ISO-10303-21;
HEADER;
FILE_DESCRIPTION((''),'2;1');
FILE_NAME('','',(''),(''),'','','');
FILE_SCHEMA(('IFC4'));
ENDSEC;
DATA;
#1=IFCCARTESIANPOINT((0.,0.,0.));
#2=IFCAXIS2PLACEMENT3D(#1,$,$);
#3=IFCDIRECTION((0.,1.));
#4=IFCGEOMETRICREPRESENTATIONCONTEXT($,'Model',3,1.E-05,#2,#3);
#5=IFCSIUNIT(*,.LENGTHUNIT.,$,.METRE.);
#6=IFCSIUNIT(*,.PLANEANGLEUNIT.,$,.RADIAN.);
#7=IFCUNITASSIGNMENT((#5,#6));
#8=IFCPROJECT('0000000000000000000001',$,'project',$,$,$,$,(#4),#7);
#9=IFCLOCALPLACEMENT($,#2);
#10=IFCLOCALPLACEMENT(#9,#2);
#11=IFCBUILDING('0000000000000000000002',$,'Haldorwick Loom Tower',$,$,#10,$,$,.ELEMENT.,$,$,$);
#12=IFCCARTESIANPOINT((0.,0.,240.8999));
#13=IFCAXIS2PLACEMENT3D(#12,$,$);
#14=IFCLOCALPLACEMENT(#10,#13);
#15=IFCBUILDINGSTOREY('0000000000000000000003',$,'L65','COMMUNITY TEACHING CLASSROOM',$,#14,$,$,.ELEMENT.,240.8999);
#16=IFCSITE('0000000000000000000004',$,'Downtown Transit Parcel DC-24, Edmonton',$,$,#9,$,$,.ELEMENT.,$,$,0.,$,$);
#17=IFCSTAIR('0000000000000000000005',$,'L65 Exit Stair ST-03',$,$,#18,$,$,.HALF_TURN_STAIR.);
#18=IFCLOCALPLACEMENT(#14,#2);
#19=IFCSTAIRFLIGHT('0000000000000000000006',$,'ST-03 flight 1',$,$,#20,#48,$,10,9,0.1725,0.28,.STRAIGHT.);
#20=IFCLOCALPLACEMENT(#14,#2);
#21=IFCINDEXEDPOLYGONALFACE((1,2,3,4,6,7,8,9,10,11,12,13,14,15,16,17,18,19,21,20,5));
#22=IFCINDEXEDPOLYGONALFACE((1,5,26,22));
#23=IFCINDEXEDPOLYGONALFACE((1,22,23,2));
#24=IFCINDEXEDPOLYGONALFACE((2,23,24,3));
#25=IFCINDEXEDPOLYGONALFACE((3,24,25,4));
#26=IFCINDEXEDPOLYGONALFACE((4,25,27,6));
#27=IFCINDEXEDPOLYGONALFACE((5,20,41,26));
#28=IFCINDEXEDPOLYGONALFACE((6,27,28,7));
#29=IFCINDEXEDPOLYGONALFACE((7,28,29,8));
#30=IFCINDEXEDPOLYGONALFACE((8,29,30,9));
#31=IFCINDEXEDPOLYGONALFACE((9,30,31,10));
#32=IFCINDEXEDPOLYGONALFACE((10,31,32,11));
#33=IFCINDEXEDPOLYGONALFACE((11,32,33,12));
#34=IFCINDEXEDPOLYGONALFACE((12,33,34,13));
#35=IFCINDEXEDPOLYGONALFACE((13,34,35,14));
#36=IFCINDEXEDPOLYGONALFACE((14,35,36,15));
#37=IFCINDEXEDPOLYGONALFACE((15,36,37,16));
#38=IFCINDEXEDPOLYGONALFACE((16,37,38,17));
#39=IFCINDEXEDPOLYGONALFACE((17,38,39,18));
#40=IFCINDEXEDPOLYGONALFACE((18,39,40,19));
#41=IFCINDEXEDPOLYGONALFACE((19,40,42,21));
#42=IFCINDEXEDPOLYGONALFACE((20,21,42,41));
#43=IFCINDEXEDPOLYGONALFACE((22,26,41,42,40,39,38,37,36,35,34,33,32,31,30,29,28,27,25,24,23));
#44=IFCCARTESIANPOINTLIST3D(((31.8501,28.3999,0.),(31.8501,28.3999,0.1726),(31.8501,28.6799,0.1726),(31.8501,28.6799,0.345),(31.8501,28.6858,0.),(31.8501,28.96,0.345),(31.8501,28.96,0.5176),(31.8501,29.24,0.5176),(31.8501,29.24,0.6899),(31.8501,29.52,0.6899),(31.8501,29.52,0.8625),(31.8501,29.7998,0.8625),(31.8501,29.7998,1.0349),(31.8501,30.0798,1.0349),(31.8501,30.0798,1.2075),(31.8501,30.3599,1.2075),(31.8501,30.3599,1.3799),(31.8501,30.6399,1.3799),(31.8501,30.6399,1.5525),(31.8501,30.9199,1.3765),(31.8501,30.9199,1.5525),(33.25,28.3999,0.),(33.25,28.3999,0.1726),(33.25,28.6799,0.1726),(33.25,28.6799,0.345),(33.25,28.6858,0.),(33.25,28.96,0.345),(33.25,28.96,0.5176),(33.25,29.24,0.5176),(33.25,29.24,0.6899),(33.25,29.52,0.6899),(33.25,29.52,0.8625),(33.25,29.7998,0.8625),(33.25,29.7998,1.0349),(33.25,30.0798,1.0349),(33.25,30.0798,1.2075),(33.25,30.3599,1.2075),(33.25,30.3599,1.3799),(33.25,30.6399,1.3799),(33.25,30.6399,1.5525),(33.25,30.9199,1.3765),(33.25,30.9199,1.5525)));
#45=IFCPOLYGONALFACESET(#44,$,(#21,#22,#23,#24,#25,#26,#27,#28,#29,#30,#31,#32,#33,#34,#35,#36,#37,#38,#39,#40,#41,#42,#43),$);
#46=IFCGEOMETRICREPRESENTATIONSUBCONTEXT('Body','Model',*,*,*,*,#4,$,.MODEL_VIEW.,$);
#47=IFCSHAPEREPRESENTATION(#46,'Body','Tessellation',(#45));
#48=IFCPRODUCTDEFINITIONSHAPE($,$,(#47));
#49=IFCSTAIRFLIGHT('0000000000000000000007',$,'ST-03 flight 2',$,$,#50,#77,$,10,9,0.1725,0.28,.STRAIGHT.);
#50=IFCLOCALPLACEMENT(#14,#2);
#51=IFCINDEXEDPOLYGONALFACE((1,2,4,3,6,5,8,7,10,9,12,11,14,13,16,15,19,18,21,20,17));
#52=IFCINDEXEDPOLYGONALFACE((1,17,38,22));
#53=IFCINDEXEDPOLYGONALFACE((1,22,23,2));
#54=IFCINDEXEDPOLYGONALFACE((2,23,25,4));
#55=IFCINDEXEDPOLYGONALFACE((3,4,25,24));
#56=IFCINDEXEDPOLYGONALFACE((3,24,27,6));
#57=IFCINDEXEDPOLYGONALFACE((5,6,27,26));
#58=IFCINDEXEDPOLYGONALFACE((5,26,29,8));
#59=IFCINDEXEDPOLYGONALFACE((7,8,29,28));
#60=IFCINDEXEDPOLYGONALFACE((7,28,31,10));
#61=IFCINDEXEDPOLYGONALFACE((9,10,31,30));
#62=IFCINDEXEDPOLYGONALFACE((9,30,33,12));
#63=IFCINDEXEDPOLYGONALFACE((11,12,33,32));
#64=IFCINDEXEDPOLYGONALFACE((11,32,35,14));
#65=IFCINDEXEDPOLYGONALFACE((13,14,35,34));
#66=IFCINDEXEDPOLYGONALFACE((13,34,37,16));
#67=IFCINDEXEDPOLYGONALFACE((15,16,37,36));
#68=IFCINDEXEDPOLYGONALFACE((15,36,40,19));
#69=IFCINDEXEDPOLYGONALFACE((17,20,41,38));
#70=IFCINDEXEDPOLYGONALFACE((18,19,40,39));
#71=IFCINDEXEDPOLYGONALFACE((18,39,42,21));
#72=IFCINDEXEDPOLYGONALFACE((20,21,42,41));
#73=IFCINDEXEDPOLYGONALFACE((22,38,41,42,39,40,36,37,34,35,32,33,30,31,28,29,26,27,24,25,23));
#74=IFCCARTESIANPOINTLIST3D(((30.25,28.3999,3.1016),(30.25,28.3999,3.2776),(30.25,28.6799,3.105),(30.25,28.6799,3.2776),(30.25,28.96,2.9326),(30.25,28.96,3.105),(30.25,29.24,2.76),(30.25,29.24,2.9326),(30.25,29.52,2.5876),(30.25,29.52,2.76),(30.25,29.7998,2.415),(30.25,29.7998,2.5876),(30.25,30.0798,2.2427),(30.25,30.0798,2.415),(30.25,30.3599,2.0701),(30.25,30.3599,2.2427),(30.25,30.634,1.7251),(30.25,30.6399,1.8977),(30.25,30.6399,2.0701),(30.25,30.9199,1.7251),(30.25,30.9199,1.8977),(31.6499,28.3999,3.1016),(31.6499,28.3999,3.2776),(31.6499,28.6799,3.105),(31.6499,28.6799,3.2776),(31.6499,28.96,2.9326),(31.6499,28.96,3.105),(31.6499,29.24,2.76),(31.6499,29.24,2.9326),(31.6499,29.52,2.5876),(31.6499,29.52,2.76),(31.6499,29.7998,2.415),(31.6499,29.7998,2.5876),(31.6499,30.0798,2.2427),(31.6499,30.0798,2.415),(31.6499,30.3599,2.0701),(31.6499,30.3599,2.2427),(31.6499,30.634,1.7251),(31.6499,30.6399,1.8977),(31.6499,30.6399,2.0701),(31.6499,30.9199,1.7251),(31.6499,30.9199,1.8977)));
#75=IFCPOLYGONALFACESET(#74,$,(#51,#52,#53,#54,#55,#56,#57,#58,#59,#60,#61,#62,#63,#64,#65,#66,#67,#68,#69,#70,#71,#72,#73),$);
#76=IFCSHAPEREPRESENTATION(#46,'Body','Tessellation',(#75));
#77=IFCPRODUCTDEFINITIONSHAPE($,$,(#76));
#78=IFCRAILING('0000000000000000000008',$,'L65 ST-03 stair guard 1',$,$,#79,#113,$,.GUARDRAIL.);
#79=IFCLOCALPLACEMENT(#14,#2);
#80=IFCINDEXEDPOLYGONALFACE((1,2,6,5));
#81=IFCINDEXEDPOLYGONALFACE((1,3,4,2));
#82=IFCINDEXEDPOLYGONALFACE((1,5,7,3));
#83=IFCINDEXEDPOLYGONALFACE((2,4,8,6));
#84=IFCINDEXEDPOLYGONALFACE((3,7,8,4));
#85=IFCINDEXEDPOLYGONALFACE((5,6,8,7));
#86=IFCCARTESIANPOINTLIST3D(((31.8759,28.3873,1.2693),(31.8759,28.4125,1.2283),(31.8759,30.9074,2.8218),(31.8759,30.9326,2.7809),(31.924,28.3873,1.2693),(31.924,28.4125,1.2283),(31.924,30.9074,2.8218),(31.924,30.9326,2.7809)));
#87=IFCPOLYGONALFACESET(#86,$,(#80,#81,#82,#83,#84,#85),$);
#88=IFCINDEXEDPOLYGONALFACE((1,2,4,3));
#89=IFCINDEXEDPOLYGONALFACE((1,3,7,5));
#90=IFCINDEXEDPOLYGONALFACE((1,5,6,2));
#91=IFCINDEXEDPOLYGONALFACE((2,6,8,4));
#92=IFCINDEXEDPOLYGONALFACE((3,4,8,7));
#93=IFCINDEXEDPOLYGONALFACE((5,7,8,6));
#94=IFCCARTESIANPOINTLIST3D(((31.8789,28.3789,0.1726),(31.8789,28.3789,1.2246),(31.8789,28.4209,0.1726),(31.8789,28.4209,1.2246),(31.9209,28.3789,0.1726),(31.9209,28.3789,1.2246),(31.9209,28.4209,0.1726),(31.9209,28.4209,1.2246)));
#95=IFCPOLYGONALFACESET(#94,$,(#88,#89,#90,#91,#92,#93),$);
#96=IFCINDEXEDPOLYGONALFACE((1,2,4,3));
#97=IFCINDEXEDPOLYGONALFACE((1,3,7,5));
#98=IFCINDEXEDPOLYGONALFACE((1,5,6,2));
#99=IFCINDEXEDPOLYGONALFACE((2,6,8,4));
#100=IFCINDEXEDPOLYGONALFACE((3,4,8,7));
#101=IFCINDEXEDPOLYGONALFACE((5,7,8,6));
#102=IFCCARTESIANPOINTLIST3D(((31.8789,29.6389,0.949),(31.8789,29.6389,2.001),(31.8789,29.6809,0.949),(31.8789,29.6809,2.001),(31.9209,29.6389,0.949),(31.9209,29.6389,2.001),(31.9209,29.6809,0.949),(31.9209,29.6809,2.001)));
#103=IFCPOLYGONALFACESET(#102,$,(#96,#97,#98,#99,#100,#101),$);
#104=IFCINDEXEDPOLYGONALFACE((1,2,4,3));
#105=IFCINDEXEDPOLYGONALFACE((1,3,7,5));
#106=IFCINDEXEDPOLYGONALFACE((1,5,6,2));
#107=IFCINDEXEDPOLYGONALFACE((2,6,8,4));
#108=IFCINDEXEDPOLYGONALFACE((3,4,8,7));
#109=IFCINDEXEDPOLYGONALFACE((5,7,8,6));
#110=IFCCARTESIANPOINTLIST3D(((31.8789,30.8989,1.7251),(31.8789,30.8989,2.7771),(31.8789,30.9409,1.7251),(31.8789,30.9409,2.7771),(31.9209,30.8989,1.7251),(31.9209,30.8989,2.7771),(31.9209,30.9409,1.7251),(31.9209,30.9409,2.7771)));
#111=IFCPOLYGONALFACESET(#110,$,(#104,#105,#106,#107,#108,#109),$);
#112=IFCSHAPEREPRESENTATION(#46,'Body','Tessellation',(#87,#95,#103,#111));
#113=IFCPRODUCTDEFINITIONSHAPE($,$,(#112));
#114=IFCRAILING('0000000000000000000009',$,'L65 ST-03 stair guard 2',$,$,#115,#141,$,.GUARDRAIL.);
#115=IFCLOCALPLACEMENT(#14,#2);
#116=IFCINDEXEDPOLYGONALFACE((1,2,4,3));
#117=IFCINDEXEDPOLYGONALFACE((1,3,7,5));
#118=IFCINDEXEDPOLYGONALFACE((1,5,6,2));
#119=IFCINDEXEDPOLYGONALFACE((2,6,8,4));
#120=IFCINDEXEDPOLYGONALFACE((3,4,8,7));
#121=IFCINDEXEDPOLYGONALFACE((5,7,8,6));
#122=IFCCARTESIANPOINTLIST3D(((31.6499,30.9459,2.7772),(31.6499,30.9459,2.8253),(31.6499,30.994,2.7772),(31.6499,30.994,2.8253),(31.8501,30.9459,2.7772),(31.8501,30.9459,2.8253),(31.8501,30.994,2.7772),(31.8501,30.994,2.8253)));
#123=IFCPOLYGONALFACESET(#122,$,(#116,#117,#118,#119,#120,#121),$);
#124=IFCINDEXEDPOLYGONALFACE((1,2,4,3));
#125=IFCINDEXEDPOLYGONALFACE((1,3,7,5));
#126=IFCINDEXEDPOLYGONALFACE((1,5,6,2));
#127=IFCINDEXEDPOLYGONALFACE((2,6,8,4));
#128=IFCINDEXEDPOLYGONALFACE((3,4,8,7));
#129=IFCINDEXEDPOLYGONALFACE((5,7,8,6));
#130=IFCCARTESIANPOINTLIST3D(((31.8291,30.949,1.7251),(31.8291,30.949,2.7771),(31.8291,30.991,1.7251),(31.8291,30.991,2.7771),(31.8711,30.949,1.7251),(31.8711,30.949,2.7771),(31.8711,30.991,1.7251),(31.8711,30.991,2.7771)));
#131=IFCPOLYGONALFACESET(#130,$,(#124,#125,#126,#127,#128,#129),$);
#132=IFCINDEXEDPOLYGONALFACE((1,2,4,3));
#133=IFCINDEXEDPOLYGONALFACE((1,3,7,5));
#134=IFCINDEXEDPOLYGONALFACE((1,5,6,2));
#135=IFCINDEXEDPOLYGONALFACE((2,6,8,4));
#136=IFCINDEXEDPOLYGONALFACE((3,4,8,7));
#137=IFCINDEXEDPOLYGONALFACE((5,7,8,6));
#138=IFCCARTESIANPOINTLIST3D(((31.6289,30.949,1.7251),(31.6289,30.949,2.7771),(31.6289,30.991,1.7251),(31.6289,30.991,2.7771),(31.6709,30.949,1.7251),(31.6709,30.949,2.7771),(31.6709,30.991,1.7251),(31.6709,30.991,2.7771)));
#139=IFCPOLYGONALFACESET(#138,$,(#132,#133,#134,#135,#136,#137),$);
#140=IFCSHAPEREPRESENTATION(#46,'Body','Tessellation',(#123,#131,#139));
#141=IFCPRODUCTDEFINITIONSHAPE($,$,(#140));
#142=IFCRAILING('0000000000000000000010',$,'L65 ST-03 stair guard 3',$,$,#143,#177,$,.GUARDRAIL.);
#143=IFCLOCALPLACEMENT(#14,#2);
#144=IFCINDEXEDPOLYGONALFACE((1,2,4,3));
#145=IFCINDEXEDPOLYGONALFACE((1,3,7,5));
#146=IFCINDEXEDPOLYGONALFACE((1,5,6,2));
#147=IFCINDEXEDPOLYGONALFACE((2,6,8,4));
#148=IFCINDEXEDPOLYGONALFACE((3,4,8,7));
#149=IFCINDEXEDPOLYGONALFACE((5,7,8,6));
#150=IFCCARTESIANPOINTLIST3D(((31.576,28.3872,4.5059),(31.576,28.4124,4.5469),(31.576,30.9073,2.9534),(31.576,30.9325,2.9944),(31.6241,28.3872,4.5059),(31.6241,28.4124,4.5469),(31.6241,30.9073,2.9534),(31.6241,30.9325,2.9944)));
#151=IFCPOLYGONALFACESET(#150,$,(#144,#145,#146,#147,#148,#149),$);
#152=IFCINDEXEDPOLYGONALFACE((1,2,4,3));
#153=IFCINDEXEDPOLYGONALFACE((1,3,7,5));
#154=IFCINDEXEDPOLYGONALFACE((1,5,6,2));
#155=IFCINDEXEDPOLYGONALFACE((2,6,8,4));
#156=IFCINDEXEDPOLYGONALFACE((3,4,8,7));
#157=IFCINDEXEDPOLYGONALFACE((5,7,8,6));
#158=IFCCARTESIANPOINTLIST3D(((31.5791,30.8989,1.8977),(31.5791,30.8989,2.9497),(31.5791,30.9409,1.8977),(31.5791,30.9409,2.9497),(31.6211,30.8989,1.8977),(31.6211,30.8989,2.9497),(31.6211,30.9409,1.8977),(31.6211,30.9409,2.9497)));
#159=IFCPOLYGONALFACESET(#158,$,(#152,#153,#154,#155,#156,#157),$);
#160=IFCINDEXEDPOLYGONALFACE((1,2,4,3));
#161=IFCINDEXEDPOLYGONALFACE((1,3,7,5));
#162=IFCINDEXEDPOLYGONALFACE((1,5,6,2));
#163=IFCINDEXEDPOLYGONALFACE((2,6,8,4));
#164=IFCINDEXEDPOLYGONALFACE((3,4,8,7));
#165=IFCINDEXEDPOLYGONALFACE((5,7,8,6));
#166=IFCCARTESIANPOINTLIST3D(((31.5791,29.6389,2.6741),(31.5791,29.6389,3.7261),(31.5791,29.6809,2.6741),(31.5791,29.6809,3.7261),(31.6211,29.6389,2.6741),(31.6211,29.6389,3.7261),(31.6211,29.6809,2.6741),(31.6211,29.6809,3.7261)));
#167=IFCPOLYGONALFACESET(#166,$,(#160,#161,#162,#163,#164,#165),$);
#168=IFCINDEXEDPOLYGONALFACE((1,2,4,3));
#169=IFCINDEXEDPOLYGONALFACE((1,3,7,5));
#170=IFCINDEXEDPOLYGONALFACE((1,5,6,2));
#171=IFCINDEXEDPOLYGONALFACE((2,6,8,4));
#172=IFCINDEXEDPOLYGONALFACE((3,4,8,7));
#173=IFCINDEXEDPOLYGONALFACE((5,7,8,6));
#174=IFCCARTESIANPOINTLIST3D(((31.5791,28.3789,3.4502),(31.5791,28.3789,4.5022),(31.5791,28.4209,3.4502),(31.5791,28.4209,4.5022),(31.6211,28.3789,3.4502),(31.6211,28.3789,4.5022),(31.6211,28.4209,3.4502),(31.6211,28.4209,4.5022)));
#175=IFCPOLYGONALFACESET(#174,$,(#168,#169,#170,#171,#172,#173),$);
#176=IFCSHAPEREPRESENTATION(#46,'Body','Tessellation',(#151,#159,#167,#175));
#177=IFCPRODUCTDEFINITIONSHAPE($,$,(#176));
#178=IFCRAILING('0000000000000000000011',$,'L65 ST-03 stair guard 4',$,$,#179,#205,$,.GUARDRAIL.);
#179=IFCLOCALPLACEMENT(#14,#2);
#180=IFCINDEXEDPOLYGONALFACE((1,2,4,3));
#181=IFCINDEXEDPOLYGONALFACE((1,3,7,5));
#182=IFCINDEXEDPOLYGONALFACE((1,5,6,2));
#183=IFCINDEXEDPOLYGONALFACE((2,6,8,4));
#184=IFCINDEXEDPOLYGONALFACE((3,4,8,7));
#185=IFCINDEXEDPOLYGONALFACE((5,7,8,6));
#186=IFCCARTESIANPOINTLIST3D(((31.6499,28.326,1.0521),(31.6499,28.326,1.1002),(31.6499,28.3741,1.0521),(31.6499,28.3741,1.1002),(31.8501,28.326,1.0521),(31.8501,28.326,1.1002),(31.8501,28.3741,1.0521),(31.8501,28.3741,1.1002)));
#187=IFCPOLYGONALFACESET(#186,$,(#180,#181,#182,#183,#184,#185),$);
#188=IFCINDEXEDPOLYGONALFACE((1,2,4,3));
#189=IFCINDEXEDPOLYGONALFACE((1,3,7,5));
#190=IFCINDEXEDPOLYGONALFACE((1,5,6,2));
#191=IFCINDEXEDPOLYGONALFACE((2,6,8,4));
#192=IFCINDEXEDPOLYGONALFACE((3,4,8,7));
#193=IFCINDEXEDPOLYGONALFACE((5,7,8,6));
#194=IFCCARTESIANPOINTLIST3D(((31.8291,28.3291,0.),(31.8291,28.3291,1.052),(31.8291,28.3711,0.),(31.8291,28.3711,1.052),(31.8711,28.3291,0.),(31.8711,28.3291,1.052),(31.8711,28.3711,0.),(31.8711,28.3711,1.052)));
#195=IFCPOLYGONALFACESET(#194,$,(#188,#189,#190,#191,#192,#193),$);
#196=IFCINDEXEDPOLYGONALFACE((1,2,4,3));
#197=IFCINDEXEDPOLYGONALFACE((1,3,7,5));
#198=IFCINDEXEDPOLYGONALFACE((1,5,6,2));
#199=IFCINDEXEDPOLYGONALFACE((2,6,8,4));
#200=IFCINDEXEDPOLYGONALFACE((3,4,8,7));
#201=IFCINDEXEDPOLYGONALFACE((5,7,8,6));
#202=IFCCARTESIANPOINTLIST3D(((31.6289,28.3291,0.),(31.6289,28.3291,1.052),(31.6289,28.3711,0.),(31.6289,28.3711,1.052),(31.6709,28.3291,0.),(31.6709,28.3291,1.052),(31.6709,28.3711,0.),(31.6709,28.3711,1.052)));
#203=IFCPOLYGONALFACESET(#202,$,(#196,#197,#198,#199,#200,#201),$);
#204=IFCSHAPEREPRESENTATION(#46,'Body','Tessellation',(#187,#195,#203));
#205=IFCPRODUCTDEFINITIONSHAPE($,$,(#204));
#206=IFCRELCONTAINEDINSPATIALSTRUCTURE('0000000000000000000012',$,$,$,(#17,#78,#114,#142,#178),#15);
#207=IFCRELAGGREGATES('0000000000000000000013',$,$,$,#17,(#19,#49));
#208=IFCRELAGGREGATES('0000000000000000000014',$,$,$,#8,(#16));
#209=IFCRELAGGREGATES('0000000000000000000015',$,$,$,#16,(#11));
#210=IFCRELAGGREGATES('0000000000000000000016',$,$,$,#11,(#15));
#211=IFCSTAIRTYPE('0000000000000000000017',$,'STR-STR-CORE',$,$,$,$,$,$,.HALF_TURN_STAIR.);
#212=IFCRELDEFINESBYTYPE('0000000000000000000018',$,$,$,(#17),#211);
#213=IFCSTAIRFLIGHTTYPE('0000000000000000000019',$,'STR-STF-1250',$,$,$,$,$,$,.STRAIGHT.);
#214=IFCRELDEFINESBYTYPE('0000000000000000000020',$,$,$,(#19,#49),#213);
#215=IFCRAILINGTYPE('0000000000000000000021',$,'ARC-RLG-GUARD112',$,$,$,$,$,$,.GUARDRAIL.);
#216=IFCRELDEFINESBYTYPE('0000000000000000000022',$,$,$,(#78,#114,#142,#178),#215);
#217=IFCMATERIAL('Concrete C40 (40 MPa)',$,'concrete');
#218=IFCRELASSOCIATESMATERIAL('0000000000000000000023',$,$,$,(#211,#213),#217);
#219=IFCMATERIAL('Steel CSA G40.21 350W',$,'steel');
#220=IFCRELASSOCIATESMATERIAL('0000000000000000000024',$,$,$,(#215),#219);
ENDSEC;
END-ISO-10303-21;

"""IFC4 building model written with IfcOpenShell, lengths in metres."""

from ifc_helpers import new_model, si_unit, direction, frame, origin, origin_2d, place, context, subcontext, project, spatial, polyline, rectangle, outline, extrude, material, type_object, element, aggregate, save


model = new_model("IFC4")

# Units and contexts
model_context = context("Model", 3, precision=1e-05, world=origin(), true_north=direction((0.0, 1.0)))
body_context = subcontext(model_context, "Body", "Model", "MODEL_VIEW")
ifc_project = project(units=[si_unit("LENGTHUNIT", "METRE"), si_unit("PLANEANGLEUNIT", "RADIAN")], contexts=[model_context])

# Site, building, storey
site_placement = place(None, origin())
site = spatial("IfcSite", under=ifc_project, at=site_placement, Name="Downtown Transit Parcel DC-24, Edmonton", CompositionType="ELEMENT", RefElevation=0.0)
building_placement = place(site_placement, origin())
building = spatial("IfcBuilding", under=site, at=building_placement, Name="Haldorwick Loom Tower", CompositionType="ELEMENT")
storey_placement = place(building_placement, frame((0.0, 0.0, 240.8999)))
storey = spatial("IfcBuildingStorey", under=building, at=storey_placement, Name="L65", Description="COMMUNITY TEACHING CLASSROOM", CompositionType="ELEMENT", Elevation=240.8999)

# Shared definitions
ifc_material_1 = material(Name="Steel CSA G40.21 350W", Category="steel")

# Stair, stair flights
ifc_material_2 = material(Name="Concrete C40 (40 MPa)", Category="concrete")
stair_type = type_object("IfcStairType", Name="STR-STR-CORE", PredefinedType="HALF_TURN_STAIR", material=ifc_material_2)
stair_placement = place(storey_placement, origin())
stair = element("IfcStair", 1, at=stair_placement, inside=storey, type_object=stair_type, Name="L65 Exit Stair ST-03", PredefinedType="HALF_TURN_STAIR")
stair_flight_type = type_object("IfcStairFlightType", Name="STR-STF-1250", PredefinedType="STRAIGHT", material=ifc_material_2)
stair_flight_1_placement = place(storey_placement, frame((32.55, 28.3999, 0.0), z_axis=(0.0, 0.0, 1.0), x_axis=(0.0, 1.0, 0.0)))
stair_flight_1 = element("IfcStairFlight", 2, at=stair_flight_1_placement, type_object=stair_flight_type, Name="ST-03 flight 1", NumberOfRisers=10, NumberOfTreads=9, PredefinedType="STRAIGHT", RiserHeight=0.1725, TreadLength=0.28, context=body_context, shape_type="SweptSolid", body=[
    extrude(outline(polyline([(0.0, 0.0), (0.0, 0.1726), (0.28, 0.1726), (0.28, 0.345), (0.5601, 0.345), (0.5601, 0.5176), (0.8401, 0.5176), (0.8401, 0.6899), (1.1201, 0.6899), (1.1201, 0.8625), (1.3999, 0.8625), (1.3999, 1.0349), (1.6799, 1.0349), (1.6799, 1.2075), (1.96, 1.2075), (1.96, 1.3799), (2.24, 1.3799), (2.24, 1.5525), (2.52, 1.5525), (2.52, 1.7251), (2.52, 1.3765), (0.2859, 0.0), (0.0, 0.0)])), frame((0.0, 0.7, 0.0), z_axis=(0.0, -1.0, 0.0), x_axis=(1.0, 0.0, 0.0)), (0.0, 0.0, 1.0), 1.3999),
])
stair_flight_2_placement = place(storey_placement, frame((30.95, 30.9199, 1.7251), z_axis=(0.0, 0.0, 1.0), x_axis=(0.0, -1.0, 0.0)))
stair_flight_2 = element("IfcStairFlight", 3, at=stair_flight_2_placement, type_object=stair_flight_type, Name="ST-03 flight 2", NumberOfRisers=10, NumberOfTreads=9, PredefinedType="STRAIGHT", RiserHeight=0.1725, TreadLength=0.28, context=body_context, shape_type="SweptSolid", body=[
    extrude(outline(polyline([(0.0, 0.0), (0.0, 0.1726), (0.28, 0.1726), (0.28, 0.345), (0.5601, 0.345), (0.5601, 0.5176), (0.8401, 0.5176), (0.8401, 0.6899), (1.1201, 0.6899), (1.1201, 0.8625), (1.3999, 0.8625), (1.3999, 1.0349), (1.6799, 1.0349), (1.6799, 1.2075), (1.96, 1.2075), (1.96, 1.3799), (2.24, 1.3799), (2.24, 1.5525), (2.52, 1.5525), (2.52, 1.7251), (2.52, 1.3765), (0.2859, 0.0), (0.0, 0.0)])), frame((0.0, 0.7, 0.0), z_axis=(0.0, -1.0, 0.0), x_axis=(1.0, 0.0, 0.0)), (0.0, 0.0, 1.0), 1.3999),
])
aggregate(stair, [stair_flight_1, stair_flight_2])

# Railings
railing_type_1 = type_object("IfcRailingType", Name="ARC-RLG-GUARD112", PredefinedType="GUARDRAIL", material=ifc_material_1)
railing_1_placement = place(storey_placement, frame((31.8999, 28.3999, 0.1726)))
element("IfcRailing", 4, at=railing_1_placement, inside=storey, type_object=railing_type_1, Name="L65 ST-03 stair guard 1", PredefinedType="GUARDRAIL", context=body_context, shape_type="SweptSolid", body=[
    extrude(rectangle(XDim=0.0481, YDim=0.0481, at=origin_2d()), frame((0.0, 0.0, 1.0762), z_axis=(0.0, 0.8514, 0.524516), x_axis=(-1.0, 0.0, 0.0)), (0.0, 0.0, 1.0), 2.96),
    extrude(rectangle(XDim=0.042, YDim=0.042, at=origin_2d()), origin(), (0.0, 0.0, 1.0), 1.052),
    extrude(rectangle(XDim=0.042, YDim=0.042, at=origin_2d()), frame((0.0, 1.26, 0.7764)), (0.0, 0.0, 1.0), 1.052),
    extrude(rectangle(XDim=0.042, YDim=0.042, at=origin_2d()), frame((0.0, 2.52, 1.5525)), (0.0, 0.0, 1.0), 1.052),
])
railing_2_placement = place(storey_placement, frame((31.8501, 30.97, 1.7251)))
element("IfcRailing", 5, at=railing_2_placement, inside=storey, type_object=railing_type_1, Name="L65 ST-03 stair guard 2", PredefinedType="GUARDRAIL", context=body_context, shape_type="SweptSolid", body=[
    extrude(rectangle(XDim=0.0481, YDim=0.0481, at=origin_2d()), frame((0.0, 0.0, 1.0762), z_axis=(-1.0, 0.0, 0.0), x_axis=(0.0, -1.0, 0.0)), (0.0, 0.0, 1.0), 0.2002),
    extrude(rectangle(XDim=0.042, YDim=0.042, at=origin_2d()), origin(), (0.0, 0.0, 1.0), 1.052),
    extrude(rectangle(XDim=0.042, YDim=0.042, at=origin_2d()), frame((-0.2002, 0.0, 0.0)), (0.0, 0.0, 1.0), 1.052),
])
railing_3_placement = place(storey_placement, frame((31.6001, 30.9199, 1.8977)))
element("IfcRailing", 6, at=railing_3_placement, inside=storey, type_object=railing_type_1, Name="L65 ST-03 stair guard 3", PredefinedType="GUARDRAIL", context=body_context, shape_type="SweptSolid", body=[
    extrude(rectangle(XDim=0.0481, YDim=0.0481, at=origin_2d()), frame((0.0, 0.0, 1.0762), z_axis=(0.0, -0.8514, 0.524516), x_axis=(1.0, 0.0, 0.0)), (0.0, 0.0, 1.0), 2.96),
    extrude(rectangle(XDim=0.042, YDim=0.042, at=origin_2d()), origin(), (0.0, 0.0, 1.0), 1.052),
    extrude(rectangle(XDim=0.042, YDim=0.042, at=origin_2d()), frame((0.0, -1.26, 0.7764)), (0.0, 0.0, 1.0), 1.052),
    extrude(rectangle(XDim=0.042, YDim=0.042, at=origin_2d()), frame((0.0, -2.52, 1.5525)), (0.0, 0.0, 1.0), 1.052),
])
railing_4_placement = place(storey_placement, frame((31.8501, 28.3501, 0.0)))
element("IfcRailing", 7, at=railing_4_placement, inside=storey, type_object=railing_type_1, Name="L65 ST-03 stair guard 4", PredefinedType="GUARDRAIL", context=body_context, shape_type="SweptSolid", body=[
    extrude(rectangle(XDim=0.0481, YDim=0.0481, at=origin_2d()), frame((0.0, 0.0, 1.0762), z_axis=(-1.0, 0.0, 0.0), x_axis=(0.0, -1.0, 0.0)), (0.0, 0.0, 1.0), 0.2002),
    extrude(rectangle(XDim=0.042, YDim=0.042, at=origin_2d()), origin(), (0.0, 0.0, 1.0), 1.052),
    extrude(rectangle(XDim=0.042, YDim=0.042, at=origin_2d()), frame((-0.2002, 0.0, 0.0)), (0.0, 0.0, 1.0), 1.052),
])

save(model, "model.ifc")
